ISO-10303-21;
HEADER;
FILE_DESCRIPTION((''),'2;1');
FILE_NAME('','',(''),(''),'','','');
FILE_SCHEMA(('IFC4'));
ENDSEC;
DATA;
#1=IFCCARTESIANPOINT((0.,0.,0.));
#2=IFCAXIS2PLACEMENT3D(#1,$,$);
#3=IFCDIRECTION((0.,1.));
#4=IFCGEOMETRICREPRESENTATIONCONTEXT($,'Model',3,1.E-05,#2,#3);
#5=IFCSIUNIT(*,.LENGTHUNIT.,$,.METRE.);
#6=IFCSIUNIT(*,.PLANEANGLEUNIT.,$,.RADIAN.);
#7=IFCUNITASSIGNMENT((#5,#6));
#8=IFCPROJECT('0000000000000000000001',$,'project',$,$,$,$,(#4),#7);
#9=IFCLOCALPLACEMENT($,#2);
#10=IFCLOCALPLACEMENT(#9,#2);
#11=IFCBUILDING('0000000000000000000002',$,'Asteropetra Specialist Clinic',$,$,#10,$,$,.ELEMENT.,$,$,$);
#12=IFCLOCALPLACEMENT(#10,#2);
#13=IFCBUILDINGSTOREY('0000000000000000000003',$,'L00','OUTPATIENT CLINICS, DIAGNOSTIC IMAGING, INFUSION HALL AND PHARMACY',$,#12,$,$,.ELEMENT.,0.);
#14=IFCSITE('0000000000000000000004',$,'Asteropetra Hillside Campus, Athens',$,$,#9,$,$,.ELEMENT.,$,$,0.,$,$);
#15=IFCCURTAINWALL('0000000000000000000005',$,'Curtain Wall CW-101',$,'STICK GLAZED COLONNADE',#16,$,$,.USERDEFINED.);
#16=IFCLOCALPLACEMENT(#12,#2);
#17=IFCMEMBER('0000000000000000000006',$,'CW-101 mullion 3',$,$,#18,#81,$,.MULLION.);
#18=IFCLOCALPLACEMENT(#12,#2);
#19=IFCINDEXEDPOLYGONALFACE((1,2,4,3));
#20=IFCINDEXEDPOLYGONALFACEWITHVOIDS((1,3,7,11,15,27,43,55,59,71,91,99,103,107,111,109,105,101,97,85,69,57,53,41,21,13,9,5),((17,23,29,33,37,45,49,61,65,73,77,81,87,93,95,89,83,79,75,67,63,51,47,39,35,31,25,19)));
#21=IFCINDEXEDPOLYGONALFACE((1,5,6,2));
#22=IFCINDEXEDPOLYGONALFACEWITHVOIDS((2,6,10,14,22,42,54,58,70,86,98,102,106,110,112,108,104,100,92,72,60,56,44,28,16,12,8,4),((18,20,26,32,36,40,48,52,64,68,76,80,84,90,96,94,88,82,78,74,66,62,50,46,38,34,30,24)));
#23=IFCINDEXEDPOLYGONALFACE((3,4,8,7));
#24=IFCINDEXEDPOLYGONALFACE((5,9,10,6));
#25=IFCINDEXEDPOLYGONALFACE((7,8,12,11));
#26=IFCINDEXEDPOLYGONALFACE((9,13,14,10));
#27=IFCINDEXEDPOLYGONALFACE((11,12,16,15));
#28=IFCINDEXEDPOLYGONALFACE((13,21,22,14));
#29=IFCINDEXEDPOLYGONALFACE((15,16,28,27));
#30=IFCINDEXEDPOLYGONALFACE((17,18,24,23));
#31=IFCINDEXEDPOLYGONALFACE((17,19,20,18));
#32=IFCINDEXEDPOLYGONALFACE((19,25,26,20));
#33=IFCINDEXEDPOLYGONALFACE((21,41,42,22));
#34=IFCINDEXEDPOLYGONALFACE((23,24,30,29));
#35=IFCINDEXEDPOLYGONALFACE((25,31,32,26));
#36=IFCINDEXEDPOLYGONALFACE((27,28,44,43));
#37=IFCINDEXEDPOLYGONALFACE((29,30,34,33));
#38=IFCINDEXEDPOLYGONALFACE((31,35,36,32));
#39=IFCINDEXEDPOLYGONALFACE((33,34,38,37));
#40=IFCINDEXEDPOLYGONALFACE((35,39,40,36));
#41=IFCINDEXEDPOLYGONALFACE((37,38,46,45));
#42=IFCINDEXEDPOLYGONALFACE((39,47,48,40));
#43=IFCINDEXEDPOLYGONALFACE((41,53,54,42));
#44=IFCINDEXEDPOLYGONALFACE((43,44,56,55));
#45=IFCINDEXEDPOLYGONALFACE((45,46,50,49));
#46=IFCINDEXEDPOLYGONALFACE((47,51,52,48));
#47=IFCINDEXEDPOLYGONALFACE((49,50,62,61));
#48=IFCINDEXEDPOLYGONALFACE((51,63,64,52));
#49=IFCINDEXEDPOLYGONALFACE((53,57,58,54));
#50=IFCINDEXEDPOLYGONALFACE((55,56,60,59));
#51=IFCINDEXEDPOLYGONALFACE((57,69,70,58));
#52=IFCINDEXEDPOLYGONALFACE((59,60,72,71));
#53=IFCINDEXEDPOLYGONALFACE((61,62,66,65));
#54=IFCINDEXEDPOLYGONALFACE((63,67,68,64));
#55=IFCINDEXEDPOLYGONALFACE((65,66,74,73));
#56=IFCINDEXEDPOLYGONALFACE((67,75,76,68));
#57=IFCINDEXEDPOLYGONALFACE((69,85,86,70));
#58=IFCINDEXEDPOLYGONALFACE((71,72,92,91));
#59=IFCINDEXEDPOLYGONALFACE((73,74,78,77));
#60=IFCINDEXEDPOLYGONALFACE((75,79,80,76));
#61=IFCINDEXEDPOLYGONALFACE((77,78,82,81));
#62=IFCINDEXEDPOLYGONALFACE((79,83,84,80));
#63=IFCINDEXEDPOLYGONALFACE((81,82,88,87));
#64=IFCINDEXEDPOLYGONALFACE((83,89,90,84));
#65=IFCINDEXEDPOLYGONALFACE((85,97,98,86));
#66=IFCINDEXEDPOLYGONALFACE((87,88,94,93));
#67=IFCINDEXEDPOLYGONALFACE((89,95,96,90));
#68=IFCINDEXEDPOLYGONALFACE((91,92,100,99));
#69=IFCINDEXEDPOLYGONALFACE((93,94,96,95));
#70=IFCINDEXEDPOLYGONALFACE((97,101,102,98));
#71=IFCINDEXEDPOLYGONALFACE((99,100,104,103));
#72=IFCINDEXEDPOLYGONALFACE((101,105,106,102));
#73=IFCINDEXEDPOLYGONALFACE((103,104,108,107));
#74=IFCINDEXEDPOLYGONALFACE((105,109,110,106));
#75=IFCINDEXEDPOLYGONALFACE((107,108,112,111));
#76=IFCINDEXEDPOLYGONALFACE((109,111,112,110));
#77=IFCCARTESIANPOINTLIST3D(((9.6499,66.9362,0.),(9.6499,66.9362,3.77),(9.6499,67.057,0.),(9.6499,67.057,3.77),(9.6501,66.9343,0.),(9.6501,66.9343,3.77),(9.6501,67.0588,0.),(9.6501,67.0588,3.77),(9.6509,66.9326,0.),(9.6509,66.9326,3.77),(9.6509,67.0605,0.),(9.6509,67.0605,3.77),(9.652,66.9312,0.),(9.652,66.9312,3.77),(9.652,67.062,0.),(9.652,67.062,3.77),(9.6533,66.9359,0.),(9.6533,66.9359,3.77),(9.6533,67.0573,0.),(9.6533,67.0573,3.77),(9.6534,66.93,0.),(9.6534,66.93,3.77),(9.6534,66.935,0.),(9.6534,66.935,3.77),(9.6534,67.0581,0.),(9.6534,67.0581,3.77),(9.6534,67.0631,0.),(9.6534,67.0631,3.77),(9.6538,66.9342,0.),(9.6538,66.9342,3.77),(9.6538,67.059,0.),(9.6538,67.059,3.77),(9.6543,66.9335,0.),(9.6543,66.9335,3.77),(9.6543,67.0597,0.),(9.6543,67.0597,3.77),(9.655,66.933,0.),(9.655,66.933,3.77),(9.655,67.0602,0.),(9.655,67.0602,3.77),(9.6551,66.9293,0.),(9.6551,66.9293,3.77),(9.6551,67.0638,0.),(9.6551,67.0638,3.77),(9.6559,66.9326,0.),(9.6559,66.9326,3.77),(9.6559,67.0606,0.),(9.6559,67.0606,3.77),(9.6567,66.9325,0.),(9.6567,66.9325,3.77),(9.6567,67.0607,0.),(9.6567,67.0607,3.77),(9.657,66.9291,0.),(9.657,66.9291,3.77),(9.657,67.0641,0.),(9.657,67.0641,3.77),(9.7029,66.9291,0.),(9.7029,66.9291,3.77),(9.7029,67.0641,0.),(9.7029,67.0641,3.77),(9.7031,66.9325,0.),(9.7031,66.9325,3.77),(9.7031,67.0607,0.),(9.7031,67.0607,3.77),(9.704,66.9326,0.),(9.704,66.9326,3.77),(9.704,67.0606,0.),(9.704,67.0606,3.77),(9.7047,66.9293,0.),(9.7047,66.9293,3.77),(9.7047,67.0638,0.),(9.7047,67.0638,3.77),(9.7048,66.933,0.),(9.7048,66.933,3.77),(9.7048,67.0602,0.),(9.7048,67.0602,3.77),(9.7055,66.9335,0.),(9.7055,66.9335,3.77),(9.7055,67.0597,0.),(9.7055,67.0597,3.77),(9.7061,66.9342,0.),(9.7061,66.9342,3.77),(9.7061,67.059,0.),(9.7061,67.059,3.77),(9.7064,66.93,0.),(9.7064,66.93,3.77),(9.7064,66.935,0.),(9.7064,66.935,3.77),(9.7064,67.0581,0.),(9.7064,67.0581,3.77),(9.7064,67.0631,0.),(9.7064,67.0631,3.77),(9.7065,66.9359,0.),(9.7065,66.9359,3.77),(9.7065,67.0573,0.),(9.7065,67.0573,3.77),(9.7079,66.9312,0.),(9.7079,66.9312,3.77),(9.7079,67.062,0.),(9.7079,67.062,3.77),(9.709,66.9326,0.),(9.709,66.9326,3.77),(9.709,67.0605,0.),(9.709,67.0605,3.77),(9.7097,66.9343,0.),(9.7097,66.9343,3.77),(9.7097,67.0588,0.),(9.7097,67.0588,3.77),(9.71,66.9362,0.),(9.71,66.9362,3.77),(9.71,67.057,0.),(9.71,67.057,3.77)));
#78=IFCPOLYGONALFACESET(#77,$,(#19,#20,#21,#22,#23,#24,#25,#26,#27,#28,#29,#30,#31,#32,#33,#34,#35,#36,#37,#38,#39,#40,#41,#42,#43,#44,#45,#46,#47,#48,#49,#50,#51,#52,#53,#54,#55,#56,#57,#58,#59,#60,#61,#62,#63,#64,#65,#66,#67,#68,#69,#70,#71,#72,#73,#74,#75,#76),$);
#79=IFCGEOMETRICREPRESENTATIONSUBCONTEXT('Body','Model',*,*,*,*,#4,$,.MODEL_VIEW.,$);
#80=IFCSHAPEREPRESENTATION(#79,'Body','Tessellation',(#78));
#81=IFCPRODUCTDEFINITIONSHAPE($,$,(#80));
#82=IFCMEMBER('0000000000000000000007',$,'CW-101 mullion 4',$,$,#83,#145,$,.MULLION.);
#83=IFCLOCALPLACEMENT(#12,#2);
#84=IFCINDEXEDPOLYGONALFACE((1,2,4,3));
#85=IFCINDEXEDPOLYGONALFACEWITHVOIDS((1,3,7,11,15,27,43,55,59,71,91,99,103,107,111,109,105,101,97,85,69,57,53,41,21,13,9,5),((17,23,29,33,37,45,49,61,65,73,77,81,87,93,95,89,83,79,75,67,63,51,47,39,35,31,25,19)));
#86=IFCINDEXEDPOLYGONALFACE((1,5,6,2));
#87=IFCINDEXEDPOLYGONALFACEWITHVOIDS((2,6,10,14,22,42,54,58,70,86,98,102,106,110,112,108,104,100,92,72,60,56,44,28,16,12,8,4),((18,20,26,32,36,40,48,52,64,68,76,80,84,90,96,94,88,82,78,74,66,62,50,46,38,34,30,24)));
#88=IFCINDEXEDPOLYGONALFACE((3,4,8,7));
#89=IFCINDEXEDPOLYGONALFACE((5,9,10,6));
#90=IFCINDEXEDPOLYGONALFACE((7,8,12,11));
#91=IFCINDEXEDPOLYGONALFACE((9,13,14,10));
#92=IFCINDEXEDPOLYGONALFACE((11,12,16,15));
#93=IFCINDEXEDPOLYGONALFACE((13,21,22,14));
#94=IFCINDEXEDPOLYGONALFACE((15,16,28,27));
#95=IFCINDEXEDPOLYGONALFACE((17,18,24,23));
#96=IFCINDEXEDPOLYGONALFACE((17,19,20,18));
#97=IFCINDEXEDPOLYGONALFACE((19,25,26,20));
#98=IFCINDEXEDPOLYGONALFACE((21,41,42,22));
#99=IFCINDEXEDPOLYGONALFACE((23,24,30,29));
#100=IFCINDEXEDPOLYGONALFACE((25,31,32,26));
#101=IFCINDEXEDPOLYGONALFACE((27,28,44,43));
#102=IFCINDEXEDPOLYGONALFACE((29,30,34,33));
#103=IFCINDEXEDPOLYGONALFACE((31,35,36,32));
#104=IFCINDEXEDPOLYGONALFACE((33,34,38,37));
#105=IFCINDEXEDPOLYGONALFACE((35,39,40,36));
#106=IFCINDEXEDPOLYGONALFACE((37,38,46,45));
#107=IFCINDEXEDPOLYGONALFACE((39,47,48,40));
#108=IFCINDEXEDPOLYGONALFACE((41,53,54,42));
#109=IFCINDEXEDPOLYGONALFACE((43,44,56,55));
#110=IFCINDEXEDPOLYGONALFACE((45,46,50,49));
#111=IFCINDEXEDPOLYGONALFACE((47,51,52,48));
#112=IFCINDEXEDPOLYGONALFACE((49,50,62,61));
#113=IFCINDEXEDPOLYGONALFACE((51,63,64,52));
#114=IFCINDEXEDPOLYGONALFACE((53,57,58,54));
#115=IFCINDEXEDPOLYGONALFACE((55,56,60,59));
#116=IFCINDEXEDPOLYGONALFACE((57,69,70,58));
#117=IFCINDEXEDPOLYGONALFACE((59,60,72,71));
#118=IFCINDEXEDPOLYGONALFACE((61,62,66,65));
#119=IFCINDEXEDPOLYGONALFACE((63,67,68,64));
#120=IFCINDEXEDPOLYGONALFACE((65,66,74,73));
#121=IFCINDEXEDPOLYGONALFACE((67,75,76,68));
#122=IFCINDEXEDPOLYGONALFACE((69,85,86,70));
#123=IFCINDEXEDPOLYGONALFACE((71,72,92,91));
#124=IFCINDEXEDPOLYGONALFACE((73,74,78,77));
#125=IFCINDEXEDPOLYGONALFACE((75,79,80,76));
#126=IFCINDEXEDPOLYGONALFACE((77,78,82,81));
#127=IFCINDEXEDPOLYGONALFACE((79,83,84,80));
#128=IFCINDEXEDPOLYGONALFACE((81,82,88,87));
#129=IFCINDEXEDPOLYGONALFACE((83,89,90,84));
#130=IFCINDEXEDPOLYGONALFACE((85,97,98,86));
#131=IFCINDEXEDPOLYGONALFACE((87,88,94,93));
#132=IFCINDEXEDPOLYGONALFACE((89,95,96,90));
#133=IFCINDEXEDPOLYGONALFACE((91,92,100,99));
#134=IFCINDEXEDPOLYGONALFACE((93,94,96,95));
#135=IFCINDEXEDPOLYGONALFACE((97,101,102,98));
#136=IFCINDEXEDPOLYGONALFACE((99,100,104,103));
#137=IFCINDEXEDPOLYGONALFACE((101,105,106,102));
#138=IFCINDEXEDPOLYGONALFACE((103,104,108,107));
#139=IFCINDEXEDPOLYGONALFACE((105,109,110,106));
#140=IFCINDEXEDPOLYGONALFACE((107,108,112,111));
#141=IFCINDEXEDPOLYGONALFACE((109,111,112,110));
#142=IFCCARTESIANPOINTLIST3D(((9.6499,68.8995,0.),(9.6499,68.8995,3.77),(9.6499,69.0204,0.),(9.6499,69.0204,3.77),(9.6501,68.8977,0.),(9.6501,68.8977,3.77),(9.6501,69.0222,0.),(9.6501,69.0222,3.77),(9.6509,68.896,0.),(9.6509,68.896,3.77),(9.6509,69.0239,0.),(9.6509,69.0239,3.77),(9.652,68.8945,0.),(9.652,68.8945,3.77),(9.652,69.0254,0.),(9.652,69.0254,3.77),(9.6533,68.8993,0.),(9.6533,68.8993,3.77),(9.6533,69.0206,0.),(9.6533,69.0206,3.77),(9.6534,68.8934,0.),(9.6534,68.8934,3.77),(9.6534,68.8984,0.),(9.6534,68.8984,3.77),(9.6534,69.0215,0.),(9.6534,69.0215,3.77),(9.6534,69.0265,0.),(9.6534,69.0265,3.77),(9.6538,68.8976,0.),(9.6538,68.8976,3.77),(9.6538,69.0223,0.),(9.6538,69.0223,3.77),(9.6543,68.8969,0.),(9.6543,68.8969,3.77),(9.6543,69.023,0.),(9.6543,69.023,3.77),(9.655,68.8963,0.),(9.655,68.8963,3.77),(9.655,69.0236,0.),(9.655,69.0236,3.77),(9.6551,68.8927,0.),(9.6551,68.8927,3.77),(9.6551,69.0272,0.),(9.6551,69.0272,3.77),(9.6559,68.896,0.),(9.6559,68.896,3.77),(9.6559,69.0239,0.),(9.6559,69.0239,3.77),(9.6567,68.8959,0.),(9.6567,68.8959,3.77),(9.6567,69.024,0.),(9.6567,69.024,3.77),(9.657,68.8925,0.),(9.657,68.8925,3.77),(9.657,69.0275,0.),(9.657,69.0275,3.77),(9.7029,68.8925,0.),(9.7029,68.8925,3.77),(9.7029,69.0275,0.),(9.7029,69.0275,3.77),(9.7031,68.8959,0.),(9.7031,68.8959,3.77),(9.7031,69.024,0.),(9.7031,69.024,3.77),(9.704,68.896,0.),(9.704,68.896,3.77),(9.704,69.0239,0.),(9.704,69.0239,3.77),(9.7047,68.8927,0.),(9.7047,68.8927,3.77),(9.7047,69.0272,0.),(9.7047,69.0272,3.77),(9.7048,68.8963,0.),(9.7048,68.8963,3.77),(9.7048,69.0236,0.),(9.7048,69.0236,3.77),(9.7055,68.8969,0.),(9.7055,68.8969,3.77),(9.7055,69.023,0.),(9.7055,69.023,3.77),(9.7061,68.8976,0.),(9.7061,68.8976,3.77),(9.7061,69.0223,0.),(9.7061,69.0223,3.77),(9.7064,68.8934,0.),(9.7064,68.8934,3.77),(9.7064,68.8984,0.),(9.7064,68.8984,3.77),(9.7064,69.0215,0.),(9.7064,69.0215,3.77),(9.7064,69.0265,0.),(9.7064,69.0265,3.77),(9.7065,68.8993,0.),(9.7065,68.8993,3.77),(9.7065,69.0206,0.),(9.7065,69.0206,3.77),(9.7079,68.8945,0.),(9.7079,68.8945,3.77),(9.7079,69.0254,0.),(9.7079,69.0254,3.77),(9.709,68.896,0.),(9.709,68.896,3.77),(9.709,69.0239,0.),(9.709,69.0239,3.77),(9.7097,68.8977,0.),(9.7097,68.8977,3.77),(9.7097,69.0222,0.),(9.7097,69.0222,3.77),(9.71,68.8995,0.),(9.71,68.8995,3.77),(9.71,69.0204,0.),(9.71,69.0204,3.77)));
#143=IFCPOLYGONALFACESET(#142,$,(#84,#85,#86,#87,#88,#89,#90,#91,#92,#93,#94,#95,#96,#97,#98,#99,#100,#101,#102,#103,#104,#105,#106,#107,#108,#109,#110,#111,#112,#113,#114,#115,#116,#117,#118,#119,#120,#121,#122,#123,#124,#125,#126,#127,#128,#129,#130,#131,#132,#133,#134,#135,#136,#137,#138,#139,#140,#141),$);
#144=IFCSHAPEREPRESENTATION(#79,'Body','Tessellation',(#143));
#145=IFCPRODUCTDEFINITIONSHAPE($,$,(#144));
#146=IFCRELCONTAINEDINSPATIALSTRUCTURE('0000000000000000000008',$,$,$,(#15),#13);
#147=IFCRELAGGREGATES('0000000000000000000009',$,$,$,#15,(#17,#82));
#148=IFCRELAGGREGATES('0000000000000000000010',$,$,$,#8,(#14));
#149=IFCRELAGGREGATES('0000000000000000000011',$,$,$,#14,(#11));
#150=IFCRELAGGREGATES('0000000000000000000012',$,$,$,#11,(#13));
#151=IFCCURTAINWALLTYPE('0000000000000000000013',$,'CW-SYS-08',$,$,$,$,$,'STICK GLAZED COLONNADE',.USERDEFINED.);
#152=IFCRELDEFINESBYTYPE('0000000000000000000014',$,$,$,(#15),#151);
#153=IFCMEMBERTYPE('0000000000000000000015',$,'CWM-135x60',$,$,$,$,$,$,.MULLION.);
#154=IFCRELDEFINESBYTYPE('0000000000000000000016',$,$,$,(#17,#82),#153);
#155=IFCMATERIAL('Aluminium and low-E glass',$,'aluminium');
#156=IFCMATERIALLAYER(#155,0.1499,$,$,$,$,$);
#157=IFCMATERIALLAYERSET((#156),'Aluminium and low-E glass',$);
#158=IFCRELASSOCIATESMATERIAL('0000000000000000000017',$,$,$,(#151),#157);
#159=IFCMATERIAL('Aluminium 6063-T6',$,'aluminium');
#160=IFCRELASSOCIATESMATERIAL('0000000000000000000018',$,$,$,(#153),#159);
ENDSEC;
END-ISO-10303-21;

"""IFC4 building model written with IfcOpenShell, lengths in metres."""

from ifc_helpers import new_model, si_unit, direction, frame, origin, origin_2d, place, context, subcontext, project, spatial, hollow_rectangle, extrude, material, layer, layer_set, material_profile, profile_set, type_object, element, aggregate, save


model = new_model("IFC4")

# Units and contexts
model_context = context("Model", 3, precision=1e-05, world=origin(), true_north=direction((0.0, 1.0)))
body_context = subcontext(model_context, "Body", "Model", "MODEL_VIEW")
ifc_project = project(units=[si_unit("LENGTHUNIT", "METRE"), si_unit("PLANEANGLEUNIT", "RADIAN")], contexts=[model_context])

# Site, building, storey
site_placement = place(None, origin())
site = spatial("IfcSite", under=ifc_project, at=site_placement, Name="Asteropetra Hillside Campus, Athens", CompositionType="ELEMENT", RefElevation=0.0)
building_placement = place(site_placement, origin())
building = spatial("IfcBuilding", under=site, at=building_placement, Name="Asteropetra Specialist Clinic", CompositionType="ELEMENT")
storey_placement = place(building_placement, origin())
storey = spatial("IfcBuildingStorey", under=building, at=storey_placement, Name="L00", Description="OUTPATIENT CLINICS, DIAGNOSTIC IMAGING, INFUSION HALL AND PHARMACY", CompositionType="ELEMENT", Elevation=0.0)

# Curtain wall, members
ifc_material_1 = material(Name="Aluminium and low-E glass", Category="aluminium")
ifc_layer_1 = layer(ifc_material_1, 0.1499)
ifc_layer_set_1 = layer_set([ifc_layer_1], Name="Aluminium and low-E glass")
curtain_wall_type_1 = type_object("IfcCurtainWallType", Name="CW-SYS-08", ElementType="STICK GLAZED COLONNADE", PredefinedType="USERDEFINED", material=ifc_layer_set_1)
curtain_wall_1_placement = place(storey_placement, origin())
curtain_wall_1 = element("IfcCurtainWall", 1, at=curtain_wall_1_placement, inside=storey, type_object=curtain_wall_type_1, Name="Curtain Wall CW-101", ObjectType="STICK GLAZED COLONNADE", PredefinedType="USERDEFINED")
ifc_material_2 = material(Name="Aluminium 6063-T6", Category="aluminium")
ifc_material_profile_1 = material_profile(ifc_material_2, hollow_rectangle(XDim=0.0601, YDim=0.135, WallThickness=0.0034, InnerFilletRadius=0.0034, OuterFilletRadius=0.0071, at=origin_2d()), Name="MUL 135x60x3.5")
ifc_profile_set_1 = profile_set([ifc_material_profile_1], Name="Aluminium 6063-T6")
member_type_1 = type_object("IfcMemberType", Name="CWM-135x60", PredefinedType="MULLION", material=ifc_profile_set_1)
member_1_placement = place(storey_placement, frame((9.6799, 66.9966, 0.0), z_axis=(0.0, 0.0, 1.0), x_axis=(-1.0, 0.0, 0.0)))
member_1 = element("IfcMember", 2, at=member_1_placement, type_object=member_type_1, Name="CW-101 mullion 3", PredefinedType="MULLION", context=body_context, shape_type="SweptSolid", body=[
    extrude(hollow_rectangle(XDim=0.0601, YDim=0.135, WallThickness=0.0034, InnerFilletRadius=0.0034, OuterFilletRadius=0.0071, at=origin_2d()), origin(), (0.0, 0.0, 1.0), 3.77),
])
member_2_placement = place(storey_placement, frame((9.6799, 68.96, 0.0), z_axis=(0.0, 0.0, 1.0), x_axis=(-1.0, 0.0, 0.0)))
member_2 = element("IfcMember", 3, at=member_2_placement, type_object=member_type_1, Name="CW-101 mullion 4", PredefinedType="MULLION", context=body_context, shape_type="SweptSolid", body=[
    extrude(hollow_rectangle(XDim=0.0601, YDim=0.135, WallThickness=0.0034, InnerFilletRadius=0.0034, OuterFilletRadius=0.0071, at=origin_2d()), origin(), (0.0, 0.0, 1.0), 3.77),
])

aggregate(curtain_wall_1, [member_1, member_2])

save(model, "model.ifc")
